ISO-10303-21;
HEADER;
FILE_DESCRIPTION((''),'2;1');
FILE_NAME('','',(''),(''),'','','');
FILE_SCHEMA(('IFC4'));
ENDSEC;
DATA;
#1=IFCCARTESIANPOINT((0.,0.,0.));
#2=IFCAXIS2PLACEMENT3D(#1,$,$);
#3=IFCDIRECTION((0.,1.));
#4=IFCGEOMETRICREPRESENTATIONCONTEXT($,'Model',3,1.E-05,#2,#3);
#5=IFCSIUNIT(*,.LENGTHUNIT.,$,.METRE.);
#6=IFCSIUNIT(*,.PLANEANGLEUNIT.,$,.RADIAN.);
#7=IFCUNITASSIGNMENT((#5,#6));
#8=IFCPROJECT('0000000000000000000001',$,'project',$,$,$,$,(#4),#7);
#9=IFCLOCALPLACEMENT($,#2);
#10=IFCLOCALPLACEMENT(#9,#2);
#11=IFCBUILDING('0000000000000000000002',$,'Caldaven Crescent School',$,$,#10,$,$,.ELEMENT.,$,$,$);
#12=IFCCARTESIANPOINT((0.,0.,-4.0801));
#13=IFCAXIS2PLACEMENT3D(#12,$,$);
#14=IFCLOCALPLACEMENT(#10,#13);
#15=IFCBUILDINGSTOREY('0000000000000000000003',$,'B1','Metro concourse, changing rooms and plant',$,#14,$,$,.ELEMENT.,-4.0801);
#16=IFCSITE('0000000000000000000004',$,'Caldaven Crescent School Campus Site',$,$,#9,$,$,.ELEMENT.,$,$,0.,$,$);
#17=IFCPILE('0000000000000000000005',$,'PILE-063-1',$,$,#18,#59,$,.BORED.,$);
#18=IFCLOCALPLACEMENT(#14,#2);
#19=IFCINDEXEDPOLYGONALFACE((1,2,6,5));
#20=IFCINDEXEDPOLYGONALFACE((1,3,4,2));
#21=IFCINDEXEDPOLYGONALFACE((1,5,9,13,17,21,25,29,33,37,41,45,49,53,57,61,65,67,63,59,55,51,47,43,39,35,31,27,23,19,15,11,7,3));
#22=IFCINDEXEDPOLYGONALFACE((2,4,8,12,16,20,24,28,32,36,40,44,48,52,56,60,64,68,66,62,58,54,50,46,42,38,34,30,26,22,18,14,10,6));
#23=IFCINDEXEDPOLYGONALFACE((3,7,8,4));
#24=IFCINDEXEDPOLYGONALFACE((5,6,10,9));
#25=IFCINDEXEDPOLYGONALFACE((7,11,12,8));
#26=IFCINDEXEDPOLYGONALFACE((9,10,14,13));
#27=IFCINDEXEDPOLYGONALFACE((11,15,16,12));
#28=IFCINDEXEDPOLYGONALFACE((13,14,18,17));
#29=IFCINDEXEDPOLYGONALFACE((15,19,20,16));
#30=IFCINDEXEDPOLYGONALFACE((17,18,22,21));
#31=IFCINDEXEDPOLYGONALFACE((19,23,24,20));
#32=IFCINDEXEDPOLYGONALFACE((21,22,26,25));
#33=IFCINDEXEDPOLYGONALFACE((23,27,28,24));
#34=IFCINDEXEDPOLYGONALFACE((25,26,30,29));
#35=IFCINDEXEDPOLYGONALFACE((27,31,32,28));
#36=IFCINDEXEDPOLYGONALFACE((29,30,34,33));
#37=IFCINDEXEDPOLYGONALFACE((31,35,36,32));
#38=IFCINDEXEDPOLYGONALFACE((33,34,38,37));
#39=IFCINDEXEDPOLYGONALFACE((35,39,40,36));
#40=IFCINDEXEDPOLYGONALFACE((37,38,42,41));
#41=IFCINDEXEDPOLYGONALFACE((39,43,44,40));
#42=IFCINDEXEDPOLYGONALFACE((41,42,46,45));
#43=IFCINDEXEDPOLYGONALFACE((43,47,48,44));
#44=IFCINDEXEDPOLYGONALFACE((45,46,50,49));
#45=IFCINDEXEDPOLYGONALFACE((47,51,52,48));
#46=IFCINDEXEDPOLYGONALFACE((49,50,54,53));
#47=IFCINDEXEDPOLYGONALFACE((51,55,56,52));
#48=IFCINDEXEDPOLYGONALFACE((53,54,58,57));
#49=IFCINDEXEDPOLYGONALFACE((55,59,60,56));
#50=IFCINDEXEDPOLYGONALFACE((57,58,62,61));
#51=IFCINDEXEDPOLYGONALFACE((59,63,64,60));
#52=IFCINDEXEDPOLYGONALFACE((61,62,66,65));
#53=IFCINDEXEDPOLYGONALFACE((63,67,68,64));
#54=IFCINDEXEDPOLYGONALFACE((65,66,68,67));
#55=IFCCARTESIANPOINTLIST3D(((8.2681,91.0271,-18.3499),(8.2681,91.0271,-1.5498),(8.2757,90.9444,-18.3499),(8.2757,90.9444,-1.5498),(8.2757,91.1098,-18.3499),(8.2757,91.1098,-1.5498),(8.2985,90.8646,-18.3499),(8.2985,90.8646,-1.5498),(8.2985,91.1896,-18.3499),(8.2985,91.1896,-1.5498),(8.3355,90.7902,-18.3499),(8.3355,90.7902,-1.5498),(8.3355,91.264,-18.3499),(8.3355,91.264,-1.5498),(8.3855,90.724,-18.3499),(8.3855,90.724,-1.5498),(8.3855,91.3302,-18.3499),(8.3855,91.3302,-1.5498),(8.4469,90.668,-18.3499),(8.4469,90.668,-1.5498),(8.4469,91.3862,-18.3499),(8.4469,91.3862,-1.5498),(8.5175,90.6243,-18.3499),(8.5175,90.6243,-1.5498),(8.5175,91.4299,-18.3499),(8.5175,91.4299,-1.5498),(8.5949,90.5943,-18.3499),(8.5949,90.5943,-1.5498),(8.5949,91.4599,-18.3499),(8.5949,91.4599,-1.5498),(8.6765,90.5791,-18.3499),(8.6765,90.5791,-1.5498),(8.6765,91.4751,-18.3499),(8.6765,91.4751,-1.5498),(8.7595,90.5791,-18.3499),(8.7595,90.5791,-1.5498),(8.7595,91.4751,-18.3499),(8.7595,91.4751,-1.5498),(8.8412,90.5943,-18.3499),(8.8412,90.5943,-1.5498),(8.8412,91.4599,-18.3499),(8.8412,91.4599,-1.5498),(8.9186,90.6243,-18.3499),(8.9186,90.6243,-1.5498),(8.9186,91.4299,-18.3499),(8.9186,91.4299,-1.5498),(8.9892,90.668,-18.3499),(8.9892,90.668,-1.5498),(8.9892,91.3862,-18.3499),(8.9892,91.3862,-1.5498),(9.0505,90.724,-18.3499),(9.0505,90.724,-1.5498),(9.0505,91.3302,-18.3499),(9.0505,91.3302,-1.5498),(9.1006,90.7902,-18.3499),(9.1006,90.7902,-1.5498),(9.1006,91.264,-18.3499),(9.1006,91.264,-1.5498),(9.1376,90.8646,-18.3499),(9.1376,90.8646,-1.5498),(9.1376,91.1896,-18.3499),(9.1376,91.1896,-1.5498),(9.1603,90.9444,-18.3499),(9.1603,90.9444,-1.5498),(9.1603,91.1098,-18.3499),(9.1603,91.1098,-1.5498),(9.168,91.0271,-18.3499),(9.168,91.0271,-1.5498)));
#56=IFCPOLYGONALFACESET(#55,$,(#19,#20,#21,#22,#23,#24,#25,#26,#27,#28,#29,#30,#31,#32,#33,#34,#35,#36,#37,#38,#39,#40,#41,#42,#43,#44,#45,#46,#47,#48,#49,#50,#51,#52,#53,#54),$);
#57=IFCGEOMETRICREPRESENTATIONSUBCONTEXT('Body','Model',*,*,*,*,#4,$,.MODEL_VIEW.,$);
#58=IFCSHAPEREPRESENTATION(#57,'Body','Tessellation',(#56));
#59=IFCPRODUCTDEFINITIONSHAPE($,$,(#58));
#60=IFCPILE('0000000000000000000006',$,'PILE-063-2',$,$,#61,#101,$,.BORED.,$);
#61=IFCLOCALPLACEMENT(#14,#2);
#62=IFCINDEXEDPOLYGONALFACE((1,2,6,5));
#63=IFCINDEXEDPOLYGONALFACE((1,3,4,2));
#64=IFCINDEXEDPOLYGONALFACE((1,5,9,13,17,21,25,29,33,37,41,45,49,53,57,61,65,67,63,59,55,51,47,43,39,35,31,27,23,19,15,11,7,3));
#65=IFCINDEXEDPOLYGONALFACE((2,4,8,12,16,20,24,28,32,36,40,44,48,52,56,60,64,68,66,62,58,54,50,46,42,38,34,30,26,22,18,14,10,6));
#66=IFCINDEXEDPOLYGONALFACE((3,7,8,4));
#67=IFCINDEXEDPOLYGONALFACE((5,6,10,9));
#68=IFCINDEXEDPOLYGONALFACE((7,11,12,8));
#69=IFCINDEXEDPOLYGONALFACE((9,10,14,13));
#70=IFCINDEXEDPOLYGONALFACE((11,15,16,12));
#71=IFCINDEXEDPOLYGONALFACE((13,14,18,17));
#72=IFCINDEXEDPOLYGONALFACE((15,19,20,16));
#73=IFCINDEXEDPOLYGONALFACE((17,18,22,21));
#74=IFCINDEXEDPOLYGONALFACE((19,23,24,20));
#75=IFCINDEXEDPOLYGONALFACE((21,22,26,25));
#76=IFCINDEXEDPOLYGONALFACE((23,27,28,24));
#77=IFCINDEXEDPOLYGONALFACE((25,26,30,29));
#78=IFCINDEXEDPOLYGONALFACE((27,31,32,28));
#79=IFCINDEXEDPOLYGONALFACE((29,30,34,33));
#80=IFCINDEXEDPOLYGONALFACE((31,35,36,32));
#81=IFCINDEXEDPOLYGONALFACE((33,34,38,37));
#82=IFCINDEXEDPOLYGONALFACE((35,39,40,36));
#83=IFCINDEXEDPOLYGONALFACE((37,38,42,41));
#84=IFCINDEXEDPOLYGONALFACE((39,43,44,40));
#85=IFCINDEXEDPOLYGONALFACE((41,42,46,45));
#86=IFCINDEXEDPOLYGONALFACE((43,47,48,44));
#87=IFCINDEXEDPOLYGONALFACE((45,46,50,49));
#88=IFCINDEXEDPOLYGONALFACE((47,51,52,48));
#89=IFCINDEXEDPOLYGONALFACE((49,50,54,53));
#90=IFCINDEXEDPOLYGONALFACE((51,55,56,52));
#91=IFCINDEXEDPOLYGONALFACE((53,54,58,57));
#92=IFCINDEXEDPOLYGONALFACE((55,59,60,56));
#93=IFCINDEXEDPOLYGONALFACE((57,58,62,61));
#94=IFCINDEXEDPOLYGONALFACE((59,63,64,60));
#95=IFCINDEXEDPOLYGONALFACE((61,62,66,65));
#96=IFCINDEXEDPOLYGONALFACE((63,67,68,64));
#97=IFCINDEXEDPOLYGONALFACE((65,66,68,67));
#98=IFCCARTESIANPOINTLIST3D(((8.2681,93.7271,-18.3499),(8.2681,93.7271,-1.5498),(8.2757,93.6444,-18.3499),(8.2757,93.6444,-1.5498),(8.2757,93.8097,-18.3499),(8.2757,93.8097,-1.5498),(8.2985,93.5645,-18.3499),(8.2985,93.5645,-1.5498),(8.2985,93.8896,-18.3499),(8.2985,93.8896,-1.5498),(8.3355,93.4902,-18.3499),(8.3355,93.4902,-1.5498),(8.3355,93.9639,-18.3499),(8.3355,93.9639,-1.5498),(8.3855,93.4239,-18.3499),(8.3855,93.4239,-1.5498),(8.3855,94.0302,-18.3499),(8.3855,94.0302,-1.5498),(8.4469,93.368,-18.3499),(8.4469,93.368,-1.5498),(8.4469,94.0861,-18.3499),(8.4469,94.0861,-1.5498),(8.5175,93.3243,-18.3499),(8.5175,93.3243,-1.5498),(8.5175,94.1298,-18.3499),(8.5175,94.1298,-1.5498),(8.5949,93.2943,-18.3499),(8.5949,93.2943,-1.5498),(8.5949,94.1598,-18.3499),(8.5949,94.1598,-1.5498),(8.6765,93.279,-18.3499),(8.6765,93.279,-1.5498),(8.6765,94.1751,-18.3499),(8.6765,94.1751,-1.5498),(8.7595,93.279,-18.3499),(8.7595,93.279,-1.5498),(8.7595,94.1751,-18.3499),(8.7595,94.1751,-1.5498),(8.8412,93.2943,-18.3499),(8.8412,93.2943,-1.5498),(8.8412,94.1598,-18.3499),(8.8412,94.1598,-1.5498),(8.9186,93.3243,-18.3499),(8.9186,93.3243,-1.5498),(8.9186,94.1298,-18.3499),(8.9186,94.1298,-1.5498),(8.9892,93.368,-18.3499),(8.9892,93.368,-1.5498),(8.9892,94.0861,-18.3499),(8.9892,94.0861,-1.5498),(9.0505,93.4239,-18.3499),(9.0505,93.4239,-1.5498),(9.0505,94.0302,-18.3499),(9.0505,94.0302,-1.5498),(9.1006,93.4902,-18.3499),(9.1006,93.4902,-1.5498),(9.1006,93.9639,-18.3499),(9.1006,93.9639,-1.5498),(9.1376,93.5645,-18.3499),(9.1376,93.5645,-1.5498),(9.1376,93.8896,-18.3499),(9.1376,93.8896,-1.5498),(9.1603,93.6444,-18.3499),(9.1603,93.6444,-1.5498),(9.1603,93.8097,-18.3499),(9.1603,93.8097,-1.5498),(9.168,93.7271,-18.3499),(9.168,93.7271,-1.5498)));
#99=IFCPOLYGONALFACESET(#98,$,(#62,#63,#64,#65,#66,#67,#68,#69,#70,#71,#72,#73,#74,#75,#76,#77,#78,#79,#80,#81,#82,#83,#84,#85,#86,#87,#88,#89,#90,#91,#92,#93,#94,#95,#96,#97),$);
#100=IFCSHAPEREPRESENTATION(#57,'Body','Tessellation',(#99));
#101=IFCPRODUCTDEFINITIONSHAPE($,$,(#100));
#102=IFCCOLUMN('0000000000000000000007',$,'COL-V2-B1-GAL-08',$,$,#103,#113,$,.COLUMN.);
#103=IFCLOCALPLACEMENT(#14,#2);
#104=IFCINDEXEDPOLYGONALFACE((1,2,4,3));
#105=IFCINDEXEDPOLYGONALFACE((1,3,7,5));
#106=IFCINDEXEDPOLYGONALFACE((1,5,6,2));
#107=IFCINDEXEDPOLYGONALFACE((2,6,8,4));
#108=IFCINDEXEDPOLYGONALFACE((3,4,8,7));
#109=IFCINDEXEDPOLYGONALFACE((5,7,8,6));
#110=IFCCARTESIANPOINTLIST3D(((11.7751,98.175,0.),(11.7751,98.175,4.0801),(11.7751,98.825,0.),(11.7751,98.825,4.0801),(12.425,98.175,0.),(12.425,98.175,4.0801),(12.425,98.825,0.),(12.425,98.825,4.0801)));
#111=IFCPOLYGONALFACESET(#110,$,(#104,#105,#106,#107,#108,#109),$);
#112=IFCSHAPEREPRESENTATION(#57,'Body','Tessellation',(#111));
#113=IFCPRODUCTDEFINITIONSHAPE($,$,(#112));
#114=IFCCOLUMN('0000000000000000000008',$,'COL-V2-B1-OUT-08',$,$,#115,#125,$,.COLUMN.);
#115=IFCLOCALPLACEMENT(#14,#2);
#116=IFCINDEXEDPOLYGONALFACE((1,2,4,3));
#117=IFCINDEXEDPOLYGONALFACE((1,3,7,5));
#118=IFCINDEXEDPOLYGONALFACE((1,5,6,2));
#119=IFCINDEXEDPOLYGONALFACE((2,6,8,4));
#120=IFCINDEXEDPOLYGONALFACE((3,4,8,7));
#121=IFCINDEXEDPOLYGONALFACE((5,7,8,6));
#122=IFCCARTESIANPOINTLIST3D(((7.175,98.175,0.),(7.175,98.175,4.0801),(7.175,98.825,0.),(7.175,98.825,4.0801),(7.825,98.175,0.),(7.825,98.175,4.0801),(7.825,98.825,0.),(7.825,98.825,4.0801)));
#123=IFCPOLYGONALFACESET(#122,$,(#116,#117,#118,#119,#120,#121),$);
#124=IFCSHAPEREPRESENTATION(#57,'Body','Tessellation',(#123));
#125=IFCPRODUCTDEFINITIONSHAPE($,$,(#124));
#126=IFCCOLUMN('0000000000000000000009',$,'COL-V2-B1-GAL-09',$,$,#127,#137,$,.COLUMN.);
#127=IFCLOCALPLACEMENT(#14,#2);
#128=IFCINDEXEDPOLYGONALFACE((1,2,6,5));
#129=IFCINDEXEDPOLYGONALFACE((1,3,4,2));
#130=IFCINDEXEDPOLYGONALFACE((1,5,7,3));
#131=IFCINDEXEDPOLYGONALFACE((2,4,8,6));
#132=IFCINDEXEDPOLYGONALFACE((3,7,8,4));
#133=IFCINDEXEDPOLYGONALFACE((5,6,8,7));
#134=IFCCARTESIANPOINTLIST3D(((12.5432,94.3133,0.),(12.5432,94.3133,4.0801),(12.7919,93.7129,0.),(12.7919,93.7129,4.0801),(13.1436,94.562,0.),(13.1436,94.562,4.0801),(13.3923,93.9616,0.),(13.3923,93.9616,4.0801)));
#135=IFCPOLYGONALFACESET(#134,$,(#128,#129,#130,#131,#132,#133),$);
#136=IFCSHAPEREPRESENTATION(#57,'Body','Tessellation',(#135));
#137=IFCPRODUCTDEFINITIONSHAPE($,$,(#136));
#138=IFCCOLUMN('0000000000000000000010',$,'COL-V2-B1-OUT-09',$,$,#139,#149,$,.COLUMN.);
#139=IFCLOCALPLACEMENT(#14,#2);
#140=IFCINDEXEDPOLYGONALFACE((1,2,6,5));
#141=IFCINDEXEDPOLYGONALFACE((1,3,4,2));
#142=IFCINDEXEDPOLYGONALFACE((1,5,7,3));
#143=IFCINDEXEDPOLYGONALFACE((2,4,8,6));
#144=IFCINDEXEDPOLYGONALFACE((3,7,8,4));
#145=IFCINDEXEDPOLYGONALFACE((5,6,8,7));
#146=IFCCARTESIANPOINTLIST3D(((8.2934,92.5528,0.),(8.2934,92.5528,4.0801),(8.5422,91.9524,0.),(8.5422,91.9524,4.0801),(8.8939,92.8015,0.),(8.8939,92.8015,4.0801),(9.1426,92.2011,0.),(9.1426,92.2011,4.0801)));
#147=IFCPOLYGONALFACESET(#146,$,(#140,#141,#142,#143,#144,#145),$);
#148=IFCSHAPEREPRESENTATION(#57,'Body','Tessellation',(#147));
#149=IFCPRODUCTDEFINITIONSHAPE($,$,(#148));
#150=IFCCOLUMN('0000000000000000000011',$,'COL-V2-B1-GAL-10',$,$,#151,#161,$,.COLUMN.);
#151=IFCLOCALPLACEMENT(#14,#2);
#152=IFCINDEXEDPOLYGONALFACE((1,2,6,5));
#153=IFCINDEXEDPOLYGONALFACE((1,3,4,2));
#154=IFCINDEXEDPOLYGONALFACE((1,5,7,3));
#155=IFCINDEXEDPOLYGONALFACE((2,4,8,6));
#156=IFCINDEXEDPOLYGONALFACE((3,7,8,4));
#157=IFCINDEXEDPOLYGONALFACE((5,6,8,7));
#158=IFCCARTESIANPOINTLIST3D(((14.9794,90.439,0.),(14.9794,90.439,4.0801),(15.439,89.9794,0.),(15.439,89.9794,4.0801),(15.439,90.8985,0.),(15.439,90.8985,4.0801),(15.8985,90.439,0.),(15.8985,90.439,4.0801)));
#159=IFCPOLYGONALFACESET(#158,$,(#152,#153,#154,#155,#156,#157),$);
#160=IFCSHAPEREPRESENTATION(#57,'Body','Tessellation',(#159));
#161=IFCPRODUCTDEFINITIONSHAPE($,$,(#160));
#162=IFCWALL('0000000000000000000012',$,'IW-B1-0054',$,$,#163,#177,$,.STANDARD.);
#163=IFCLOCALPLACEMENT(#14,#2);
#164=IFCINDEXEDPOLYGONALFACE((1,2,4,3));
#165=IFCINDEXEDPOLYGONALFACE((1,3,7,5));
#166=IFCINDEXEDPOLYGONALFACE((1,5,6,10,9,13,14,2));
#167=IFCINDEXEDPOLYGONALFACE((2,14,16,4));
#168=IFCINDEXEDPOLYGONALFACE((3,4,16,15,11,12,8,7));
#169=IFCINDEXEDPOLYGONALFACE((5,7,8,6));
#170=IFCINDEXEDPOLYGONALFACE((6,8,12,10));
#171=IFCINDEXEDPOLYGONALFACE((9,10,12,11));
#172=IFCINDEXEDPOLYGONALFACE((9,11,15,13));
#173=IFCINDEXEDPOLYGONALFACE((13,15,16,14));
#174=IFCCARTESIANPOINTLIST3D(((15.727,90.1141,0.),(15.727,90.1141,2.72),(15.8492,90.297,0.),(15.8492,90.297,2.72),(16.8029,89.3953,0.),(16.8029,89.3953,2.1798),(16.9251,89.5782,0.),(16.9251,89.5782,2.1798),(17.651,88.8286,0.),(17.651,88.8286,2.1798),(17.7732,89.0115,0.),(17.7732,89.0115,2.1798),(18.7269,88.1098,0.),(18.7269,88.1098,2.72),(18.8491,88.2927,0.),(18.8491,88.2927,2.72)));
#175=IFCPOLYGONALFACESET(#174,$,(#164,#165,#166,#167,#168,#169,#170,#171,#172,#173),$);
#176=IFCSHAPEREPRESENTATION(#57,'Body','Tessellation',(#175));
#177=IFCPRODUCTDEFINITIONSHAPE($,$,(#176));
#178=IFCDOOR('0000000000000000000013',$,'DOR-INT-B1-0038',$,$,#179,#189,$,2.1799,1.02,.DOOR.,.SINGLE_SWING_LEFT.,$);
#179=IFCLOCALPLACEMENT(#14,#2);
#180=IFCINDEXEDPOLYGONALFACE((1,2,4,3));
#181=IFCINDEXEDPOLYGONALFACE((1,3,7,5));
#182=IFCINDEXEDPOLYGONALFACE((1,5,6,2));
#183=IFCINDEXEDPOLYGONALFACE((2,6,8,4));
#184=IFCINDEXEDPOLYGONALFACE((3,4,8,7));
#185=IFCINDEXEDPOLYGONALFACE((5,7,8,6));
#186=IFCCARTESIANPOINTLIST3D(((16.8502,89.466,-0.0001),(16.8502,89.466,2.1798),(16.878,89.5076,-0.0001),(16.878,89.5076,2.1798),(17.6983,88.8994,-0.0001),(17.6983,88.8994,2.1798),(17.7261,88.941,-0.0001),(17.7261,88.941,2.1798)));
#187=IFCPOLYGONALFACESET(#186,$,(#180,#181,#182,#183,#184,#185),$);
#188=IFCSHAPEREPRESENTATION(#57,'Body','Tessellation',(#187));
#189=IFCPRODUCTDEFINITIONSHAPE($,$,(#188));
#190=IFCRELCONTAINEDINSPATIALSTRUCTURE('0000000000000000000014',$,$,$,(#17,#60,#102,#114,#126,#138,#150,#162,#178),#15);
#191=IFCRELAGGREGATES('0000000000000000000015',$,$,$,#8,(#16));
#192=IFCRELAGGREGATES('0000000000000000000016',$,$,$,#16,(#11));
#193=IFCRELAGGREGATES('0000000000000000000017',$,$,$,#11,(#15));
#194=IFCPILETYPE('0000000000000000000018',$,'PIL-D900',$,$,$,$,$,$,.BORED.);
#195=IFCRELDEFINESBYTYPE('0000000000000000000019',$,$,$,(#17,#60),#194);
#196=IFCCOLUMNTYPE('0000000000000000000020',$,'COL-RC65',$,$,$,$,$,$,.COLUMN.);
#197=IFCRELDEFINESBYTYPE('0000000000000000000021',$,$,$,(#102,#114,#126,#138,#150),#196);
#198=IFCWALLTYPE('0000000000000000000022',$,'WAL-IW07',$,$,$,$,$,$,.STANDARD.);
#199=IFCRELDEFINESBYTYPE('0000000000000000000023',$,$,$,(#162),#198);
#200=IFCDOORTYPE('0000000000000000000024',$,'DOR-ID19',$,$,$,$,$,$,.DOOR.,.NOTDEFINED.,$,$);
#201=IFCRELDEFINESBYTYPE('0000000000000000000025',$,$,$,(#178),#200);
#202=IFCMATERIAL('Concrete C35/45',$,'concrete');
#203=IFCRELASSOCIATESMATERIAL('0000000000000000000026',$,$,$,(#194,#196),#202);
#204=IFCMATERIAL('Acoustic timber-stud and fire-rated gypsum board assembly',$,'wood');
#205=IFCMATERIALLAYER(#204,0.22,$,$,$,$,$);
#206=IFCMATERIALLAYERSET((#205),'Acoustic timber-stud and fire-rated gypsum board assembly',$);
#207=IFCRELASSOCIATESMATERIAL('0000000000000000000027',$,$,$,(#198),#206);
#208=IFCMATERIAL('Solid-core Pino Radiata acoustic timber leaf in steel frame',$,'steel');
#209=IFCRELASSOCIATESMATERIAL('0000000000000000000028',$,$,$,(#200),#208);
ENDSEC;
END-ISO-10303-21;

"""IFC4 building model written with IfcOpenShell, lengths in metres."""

from ifc_helpers import new_model, si_unit, direction, frame, frame_2d, origin, origin_2d, place, context, subcontext, project, spatial, rectangle, circle, extrude, material, layer, layer_set, material_profile, profile_set, type_object, element, fill, save


model = new_model("IFC4")

# Units and contexts
model_context = context("Model", 3, precision=1e-05, world=origin(), true_north=direction((0.0, 1.0)))
body_context = subcontext(model_context, "Body", "Model", "MODEL_VIEW")
ifc_project = project(units=[si_unit("LENGTHUNIT", "METRE"), si_unit("PLANEANGLEUNIT", "RADIAN")], contexts=[model_context])

# Site, building, storey
site_placement = place(None, origin())
site = spatial("IfcSite", under=ifc_project, at=site_placement, Name="Caldaven Crescent School Campus Site", CompositionType="ELEMENT", RefElevation=0.0)
building_placement = place(site_placement, origin())
building = spatial("IfcBuilding", under=site, at=building_placement, Name="Caldaven Crescent School", CompositionType="ELEMENT")
storey_placement = place(building_placement, frame((0.0, 0.0, -4.0801)))
storey = spatial("IfcBuildingStorey", under=building, at=storey_placement, Name="B1", Description="Metro concourse, changing rooms and plant", CompositionType="ELEMENT", Elevation=-4.0801)

# Shared definitions
ifc_material_1 = material(Name="Concrete C35/45", Category="concrete")

# Piles
ifc_material_profile_1 = material_profile(ifc_material_1, circle(Radius=0.45, at=origin_2d()), Name="PILE D900")
ifc_profile_set_1 = profile_set([ifc_material_profile_1], Name="Concrete C35/45")
pile_type_1 = type_object("IfcPileType", Name="PIL-D900", PredefinedType="BORED", material=ifc_profile_set_1)
for number, where, z_axis, x_axis, name in (
    (1, (8.718, 91.0271, -1.5498), (0.0, 0.0, -1.0), (1.0, 0.0, 0.0), "PILE-063-1"),
    (2, (8.718, 93.7271, -1.5498), (0.0, 0.0, -1.0), (1.0, 0.0, 0.0), "PILE-063-2"),
):
    element("IfcPile", number, at=place(storey_placement, frame(where, z_axis=z_axis, x_axis=x_axis)), inside=storey, type_object=pile_type_1, Name=name, PredefinedType="BORED", context=body_context, shape_type="SweptSolid", body=[
        extrude(circle(Radius=0.45, at=origin_2d()), origin(), (0.0, 0.0, 1.0), 16.8),
    ])

# Columns
ifc_material_profile_2 = material_profile(ifc_material_1, rectangle(XDim=0.6499, YDim=0.6499, at=origin_2d()), Name="RC 650x650")
ifc_profile_set_2 = profile_set([ifc_material_profile_2], Name="Concrete C35/45")
column_type = type_object("IfcColumnType", Name="COL-RC65", PredefinedType="COLUMN", material=ifc_profile_set_2)
for number, where, z_axis, x_axis, name in (
    (3, (12.1001, 98.5, 0.0), (0.0, 0.0, 1.0), (-1.0, 0.0, 0.0), "COL-V2-B1-GAL-08"),
    (4, (7.5, 98.5, 0.0), (0.0, 0.0, 1.0), (-1.0, 0.0, 0.0), "COL-V2-B1-OUT-08"),
    (5, (12.9678, 94.1375, 0.0), (0.0, 0.0, 1.0), (-0.92388, -0.382683, 0.0), "COL-V2-B1-GAL-09"),
    (6, (8.718, 92.377, 0.0), (0.0, 0.0, 1.0), (-0.92388, -0.382683, 0.0), "COL-V2-B1-OUT-09"),
    (7, (15.439, 90.439, 0.0), (0.0, 0.0, 1.0), (-0.707107, -0.707107, 0.0), "COL-V2-B1-GAL-10"),
):
    element("IfcColumn", number, at=place(storey_placement, frame(where, z_axis=z_axis, x_axis=x_axis)), inside=storey, type_object=column_type, Name=name, PredefinedType="COLUMN", context=body_context, shape_type="SweptSolid", body=[
        extrude(rectangle(XDim=0.6499, YDim=0.6499, at=origin_2d()), origin(), (0.0, 0.0, 1.0), 4.0801),
    ])

# Wall, opening, door
ifc_material_2 = material(Name="Acoustic timber-stud and fire-rated gypsum board assembly", Category="wood")
ifc_layer_1 = layer(ifc_material_2, 0.22)
ifc_layer_set_1 = layer_set([ifc_layer_1], Name="Acoustic timber-stud and fire-rated gypsum board assembly")
wall_type_1 = type_object("IfcWallType", Name="WAL-IW07", PredefinedType="STANDARD", material=ifc_layer_set_1)
wall_1_placement = place(storey_placement, frame((15.7881, 90.2056, 0.0), z_axis=(0.0, 0.0, 1.0), x_axis=(0.831488, -0.555543, 0.0)))
wall_1 = element("IfcWall", 8, at=wall_1_placement, inside=storey, type_object=wall_type_1, Name="IW-B1-0054", PredefinedType="STANDARD", context=body_context, shape_type="SweptSolid", body=[
    extrude(rectangle(XDim=3.6079, YDim=0.22, at=frame_2d((1.804, 0.0))), origin(), (0.0, 0.0, 1.0), 2.72),
])
opening_1_placement = place(wall_1_placement, frame((1.2939, 0.0, 0.0)))
opening_1 = element("IfcOpeningElement", 9, at=opening_1_placement, cuts=wall_1, PredefinedType="OPENING", context=body_context, shape_type="SweptSolid", body=[
    extrude(rectangle(XDim=1.02, YDim=2.1799, at=frame_2d((0.51, 1.0898))), frame((0.0, 0.1199, 0.0), z_axis=(0.0, -1.0, 0.0), x_axis=(1.0, 0.0, 0.0)), (0.0, 0.0, 1.0), 0.24),
])
ifc_material_3 = material(Name="Solid-core Pino Radiata acoustic timber leaf in steel frame", Category="steel")
door_type_1 = type_object("IfcDoorType", Name="DOR-ID19", OperationType="NOTDEFINED", PredefinedType="DOOR", material=ifc_material_3)
door_1_placement = place(opening_1_placement, frame((1.02, 0.0, 0.0), z_axis=(0.0, 0.0, 1.0), x_axis=(-1.0, 0.0, 0.0)))
door_1 = element("IfcDoor", 10, at=door_1_placement, inside=storey, type_object=door_type_1, Name="DOR-INT-B1-0038", OperationType="SINGLE_SWING_LEFT", OverallHeight=2.1799, OverallWidth=1.02, PredefinedType="DOOR", context=body_context, shape_type="SweptSolid", body=[
    extrude(rectangle(XDim=1.02, YDim=2.1799, at=frame_2d((0.51, 1.0898))), frame((0.0, 0.0249, 0.0), z_axis=(0.0, -1.0, 0.0), x_axis=(1.0, 0.0, 0.0)), (0.0, 0.0, 1.0), 0.05),
])
fill(opening_1, door_1)

save(model, "model.ifc")
